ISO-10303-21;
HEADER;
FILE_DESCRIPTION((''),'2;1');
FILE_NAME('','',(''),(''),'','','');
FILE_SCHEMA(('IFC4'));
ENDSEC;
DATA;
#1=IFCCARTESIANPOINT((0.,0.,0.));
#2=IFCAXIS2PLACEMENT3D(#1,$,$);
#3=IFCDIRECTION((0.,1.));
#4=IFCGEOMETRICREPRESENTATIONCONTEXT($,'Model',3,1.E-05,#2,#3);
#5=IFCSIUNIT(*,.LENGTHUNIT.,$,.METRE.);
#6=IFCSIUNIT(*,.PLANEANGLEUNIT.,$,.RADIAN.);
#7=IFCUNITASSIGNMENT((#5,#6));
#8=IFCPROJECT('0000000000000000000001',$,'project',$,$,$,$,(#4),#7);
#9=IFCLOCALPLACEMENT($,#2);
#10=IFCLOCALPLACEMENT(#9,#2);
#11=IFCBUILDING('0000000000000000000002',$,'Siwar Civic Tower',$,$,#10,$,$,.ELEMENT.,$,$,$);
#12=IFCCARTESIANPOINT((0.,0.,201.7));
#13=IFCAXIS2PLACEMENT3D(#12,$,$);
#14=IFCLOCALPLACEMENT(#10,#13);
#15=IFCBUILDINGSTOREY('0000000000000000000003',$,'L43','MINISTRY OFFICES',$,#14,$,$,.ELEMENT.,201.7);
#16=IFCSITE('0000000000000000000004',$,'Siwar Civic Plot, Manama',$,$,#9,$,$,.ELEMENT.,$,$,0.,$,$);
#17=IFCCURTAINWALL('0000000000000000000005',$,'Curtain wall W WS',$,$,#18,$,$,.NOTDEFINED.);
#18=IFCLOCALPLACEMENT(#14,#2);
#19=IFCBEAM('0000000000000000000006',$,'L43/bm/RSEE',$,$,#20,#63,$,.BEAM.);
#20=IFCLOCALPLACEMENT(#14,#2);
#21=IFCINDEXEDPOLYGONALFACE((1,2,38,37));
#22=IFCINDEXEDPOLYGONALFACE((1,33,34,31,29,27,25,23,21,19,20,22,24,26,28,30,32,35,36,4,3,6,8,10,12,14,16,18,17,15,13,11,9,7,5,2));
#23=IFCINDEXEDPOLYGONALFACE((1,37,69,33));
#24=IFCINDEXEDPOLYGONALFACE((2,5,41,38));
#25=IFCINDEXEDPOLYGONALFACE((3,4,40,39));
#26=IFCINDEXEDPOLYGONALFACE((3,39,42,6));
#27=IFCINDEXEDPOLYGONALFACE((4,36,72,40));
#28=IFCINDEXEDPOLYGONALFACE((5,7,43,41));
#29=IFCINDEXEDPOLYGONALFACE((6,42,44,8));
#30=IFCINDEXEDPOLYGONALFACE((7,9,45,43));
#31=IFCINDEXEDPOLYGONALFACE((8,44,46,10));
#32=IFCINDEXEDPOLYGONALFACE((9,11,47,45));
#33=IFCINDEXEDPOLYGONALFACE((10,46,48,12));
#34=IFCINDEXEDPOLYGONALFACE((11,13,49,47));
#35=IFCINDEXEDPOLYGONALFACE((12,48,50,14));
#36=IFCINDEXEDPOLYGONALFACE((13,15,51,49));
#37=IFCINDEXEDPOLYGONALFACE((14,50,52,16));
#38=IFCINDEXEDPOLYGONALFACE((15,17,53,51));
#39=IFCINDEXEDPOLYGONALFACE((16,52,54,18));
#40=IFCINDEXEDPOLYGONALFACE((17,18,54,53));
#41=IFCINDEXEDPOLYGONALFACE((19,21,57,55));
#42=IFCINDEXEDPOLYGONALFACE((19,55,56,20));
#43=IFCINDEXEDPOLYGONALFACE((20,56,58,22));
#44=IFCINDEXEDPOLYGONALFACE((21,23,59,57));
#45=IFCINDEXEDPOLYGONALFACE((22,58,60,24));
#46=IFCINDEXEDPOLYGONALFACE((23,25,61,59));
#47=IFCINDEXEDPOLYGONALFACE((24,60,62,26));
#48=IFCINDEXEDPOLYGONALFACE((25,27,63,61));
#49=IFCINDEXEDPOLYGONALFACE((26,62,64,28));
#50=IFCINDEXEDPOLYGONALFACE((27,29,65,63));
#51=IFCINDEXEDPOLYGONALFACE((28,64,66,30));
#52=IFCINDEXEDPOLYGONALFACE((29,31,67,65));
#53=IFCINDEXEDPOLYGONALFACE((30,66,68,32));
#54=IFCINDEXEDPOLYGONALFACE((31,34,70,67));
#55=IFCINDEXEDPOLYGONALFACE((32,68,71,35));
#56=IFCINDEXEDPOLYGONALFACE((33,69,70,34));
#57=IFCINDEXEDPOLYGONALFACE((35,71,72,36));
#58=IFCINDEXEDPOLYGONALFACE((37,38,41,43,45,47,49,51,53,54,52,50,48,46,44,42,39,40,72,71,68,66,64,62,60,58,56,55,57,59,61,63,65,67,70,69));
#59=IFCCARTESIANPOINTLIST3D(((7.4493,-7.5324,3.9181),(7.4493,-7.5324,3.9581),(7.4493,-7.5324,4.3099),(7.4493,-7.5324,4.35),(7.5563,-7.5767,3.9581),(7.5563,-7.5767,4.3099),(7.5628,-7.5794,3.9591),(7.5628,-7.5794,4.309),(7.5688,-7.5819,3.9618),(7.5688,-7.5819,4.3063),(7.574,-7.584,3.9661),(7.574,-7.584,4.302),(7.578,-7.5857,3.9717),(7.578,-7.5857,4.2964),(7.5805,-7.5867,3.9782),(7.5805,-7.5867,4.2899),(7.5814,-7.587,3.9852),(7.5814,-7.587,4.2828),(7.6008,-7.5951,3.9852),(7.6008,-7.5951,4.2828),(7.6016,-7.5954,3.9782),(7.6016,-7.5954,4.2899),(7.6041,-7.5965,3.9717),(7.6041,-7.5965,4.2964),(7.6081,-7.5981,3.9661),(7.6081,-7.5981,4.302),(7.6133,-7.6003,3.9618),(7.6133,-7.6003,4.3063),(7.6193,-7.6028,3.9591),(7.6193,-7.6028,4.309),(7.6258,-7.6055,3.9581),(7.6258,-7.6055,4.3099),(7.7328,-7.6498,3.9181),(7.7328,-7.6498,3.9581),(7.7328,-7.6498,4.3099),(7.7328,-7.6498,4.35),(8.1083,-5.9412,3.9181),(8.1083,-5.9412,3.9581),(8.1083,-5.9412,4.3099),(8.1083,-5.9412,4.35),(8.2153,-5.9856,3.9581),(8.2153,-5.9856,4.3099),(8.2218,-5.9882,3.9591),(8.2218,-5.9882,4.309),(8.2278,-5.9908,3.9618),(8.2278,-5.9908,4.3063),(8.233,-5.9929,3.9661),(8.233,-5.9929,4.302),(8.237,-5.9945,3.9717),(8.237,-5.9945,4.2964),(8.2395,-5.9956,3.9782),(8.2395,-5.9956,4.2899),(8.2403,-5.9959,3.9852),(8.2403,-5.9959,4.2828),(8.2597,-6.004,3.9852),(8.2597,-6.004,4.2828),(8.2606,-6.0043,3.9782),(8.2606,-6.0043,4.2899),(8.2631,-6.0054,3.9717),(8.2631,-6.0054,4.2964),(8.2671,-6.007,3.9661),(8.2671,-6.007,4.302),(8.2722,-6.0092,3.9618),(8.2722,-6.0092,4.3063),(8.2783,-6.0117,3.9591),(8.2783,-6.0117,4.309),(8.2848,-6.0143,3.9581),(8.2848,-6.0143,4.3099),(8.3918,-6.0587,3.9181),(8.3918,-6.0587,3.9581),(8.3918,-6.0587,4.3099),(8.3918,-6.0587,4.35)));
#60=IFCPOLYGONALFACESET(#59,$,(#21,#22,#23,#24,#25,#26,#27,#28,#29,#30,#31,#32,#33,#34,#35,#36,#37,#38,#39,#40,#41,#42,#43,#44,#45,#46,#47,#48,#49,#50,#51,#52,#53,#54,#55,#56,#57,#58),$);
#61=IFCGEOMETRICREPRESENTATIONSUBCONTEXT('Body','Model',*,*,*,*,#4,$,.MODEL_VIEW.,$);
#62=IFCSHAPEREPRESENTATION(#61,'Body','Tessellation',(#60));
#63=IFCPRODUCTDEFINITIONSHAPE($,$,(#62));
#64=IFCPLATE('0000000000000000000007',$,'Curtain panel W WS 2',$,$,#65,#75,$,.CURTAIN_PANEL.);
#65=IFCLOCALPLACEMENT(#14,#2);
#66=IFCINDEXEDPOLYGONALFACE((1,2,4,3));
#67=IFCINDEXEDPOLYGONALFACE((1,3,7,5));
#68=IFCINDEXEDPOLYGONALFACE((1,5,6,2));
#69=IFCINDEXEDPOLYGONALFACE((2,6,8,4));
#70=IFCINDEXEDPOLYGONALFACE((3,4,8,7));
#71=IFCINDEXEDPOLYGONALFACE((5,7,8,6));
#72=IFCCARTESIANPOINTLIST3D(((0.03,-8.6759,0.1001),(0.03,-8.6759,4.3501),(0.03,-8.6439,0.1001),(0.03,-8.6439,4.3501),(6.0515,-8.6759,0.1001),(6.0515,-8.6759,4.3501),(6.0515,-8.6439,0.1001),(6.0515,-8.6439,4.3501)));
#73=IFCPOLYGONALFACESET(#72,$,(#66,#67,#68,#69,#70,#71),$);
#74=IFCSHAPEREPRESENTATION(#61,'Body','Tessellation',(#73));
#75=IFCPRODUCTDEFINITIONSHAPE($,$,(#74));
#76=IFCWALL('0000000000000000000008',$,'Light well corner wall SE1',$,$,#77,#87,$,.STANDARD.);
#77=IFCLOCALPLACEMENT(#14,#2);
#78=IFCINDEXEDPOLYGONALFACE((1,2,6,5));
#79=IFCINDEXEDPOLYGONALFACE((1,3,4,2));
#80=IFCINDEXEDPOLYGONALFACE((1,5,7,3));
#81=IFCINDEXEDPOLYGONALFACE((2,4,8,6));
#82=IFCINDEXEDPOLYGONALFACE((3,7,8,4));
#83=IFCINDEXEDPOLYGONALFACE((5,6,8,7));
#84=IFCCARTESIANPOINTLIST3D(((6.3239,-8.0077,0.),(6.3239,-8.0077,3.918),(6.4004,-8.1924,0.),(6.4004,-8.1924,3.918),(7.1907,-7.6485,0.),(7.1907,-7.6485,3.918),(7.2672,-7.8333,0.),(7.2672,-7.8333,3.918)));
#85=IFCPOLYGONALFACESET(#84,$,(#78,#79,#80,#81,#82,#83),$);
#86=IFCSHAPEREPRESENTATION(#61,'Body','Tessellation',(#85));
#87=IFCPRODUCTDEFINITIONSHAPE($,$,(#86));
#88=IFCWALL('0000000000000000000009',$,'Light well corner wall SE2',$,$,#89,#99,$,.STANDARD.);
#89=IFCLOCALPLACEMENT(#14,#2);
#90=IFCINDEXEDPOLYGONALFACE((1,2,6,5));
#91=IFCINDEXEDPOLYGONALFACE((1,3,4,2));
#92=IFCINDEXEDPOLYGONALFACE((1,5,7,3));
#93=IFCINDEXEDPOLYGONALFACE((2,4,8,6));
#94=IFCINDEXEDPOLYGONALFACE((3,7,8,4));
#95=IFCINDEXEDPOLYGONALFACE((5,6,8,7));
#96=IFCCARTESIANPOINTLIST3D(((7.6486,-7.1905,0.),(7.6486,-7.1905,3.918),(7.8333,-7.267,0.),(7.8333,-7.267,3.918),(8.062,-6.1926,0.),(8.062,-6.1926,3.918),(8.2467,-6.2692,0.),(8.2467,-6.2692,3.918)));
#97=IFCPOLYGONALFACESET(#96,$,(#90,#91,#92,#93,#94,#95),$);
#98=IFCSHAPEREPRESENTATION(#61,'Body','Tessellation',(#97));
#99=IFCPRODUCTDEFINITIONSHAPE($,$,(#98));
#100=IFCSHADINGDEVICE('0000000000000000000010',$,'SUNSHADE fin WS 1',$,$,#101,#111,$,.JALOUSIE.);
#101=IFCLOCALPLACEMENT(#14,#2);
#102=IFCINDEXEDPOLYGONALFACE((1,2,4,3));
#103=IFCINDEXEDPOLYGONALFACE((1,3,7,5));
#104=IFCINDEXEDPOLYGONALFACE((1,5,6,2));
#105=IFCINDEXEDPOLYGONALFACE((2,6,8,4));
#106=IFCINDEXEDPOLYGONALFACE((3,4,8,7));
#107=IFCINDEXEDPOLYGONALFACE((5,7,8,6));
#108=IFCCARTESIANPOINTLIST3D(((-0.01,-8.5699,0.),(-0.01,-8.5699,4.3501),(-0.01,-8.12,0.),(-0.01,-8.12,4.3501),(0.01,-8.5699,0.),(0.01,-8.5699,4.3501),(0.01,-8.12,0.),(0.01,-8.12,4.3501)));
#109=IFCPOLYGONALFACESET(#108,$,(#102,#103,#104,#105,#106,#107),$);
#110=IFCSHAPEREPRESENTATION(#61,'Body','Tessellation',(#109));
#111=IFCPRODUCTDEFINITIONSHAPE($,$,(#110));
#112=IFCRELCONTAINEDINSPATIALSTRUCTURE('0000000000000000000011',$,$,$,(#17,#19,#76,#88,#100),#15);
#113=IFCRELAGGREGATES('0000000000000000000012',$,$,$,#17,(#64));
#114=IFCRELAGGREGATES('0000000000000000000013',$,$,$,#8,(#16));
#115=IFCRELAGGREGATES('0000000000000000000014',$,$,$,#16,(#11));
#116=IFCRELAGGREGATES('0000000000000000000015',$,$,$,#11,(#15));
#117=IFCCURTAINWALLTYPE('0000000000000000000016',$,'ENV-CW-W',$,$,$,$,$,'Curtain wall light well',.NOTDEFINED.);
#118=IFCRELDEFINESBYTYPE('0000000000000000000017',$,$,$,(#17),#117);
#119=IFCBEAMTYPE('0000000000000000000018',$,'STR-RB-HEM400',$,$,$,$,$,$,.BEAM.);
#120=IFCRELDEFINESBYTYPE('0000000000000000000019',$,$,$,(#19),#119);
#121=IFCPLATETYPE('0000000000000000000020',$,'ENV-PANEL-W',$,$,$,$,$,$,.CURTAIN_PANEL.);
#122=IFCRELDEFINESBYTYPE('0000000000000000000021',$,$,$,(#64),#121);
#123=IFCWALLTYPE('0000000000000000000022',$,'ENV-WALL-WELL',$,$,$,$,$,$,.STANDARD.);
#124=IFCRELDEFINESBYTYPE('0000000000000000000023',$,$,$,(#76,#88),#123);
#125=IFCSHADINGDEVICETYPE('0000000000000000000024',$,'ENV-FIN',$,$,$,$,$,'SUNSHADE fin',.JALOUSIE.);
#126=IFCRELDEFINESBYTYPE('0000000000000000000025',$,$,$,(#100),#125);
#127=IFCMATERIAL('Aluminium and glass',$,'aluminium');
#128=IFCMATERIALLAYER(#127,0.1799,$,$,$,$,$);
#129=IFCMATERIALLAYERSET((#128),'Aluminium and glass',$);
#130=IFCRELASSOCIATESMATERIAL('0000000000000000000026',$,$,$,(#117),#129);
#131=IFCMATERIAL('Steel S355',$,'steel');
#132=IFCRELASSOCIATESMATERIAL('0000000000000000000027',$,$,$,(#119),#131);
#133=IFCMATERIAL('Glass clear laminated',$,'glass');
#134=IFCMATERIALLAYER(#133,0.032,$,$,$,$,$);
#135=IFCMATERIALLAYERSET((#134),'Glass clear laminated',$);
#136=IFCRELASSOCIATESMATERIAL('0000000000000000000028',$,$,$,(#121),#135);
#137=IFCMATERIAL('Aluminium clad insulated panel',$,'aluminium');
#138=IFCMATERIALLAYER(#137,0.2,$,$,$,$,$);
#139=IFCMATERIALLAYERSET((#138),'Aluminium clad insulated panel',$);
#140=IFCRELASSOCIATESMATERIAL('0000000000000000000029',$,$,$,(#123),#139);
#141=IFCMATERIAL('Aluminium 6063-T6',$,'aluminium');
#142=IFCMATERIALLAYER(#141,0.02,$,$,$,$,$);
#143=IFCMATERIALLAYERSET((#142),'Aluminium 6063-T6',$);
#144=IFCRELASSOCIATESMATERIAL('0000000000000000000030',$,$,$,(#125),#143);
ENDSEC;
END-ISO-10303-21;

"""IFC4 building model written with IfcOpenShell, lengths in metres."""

from ifc_helpers import new_model, si_unit, direction, frame, frame_2d, origin, origin_2d, place, context, subcontext, project, spatial, rectangle, i_section, extrude, material, layer, layer_set, material_profile, profile_set, type_object, element, aggregate, save


model = new_model("IFC4")

# Units and contexts
model_context = context("Model", 3, precision=1e-05, world=origin(), true_north=direction((0.0, 1.0)))
body_context = subcontext(model_context, "Body", "Model", "MODEL_VIEW")
ifc_project = project(units=[si_unit("LENGTHUNIT", "METRE"), si_unit("PLANEANGLEUNIT", "RADIAN")], contexts=[model_context])

# Site, building, storey
site_placement = place(None, origin())
site = spatial("IfcSite", under=ifc_project, at=site_placement, Name="Siwar Civic Plot, Manama", CompositionType="ELEMENT", RefElevation=0.0)
building_placement = place(site_placement, origin())
building = spatial("IfcBuilding", under=site, at=building_placement, Name="Siwar Civic Tower", CompositionType="ELEMENT")
storey_placement = place(building_placement, frame((0.0, 0.0, 201.7)))
storey = spatial("IfcBuildingStorey", under=building, at=storey_placement, Name="L43", Description="MINISTRY OFFICES", CompositionType="ELEMENT", Elevation=201.7)

# Curtain wall
ifc_material_1 = material(Name="Aluminium and glass", Category="aluminium")
ifc_layer_1 = layer(ifc_material_1, 0.1799)
ifc_layer_set_1 = layer_set([ifc_layer_1], Name="Aluminium and glass")
curtain_wall_type = type_object("IfcCurtainWallType", Name="ENV-CW-W", ElementType="Curtain wall light well", PredefinedType="NOTDEFINED", material=ifc_layer_set_1)
curtain_wall_placement = place(storey_placement, origin())
curtain_wall = element("IfcCurtainWall", 1, at=curtain_wall_placement, inside=storey, type_object=curtain_wall_type, Name="Curtain wall W WS", PredefinedType="NOTDEFINED")

# Beam
ifc_material_2 = material(Name="Steel S355", Category="steel")
ifc_material_profile_1 = material_profile(ifc_material_2, i_section(OverallWidth=0.3069, OverallDepth=0.4319, WebThickness=0.021, FlangeThickness=0.04, FilletRadius=0.0271, at=origin_2d()), Name="HEM400")
ifc_profile_set_1 = profile_set([ifc_material_profile_1], Name="Steel S355")
beam_type_1 = type_object("IfcBeamType", Name="STR-RB-HEM400", PredefinedType="BEAM", material=ifc_profile_set_1)
for number, where, z_axis, x_axis, name in (
    (2, (7.5911, -7.5911, 4.134), (0.382631, 0.923901, 0.0), (-0.923901, 0.382631, 0.0), "L43/bm/RSEE"),
):
    element("IfcBeam", number, at=place(storey_placement, frame(where, z_axis=z_axis, x_axis=x_axis)), inside=storey, type_object=beam_type_1, Name=name, PredefinedType="BEAM", context=body_context, shape_type="SweptSolid", body=[
        extrude(i_section(OverallWidth=0.3069, OverallDepth=0.4319, WebThickness=0.021, FlangeThickness=0.04, FilletRadius=0.0271, at=origin_2d()), origin(), (0.0, 0.0, 1.0), 1.7222),
    ])

# Plate
ifc_material_3 = material(Name="Glass clear laminated", Category="glass")
ifc_layer_2 = layer(ifc_material_3, 0.032)
ifc_layer_set_2 = layer_set([ifc_layer_2], Name="Glass clear laminated")
plate_type = type_object("IfcPlateType", Name="ENV-PANEL-W", PredefinedType="CURTAIN_PANEL", material=ifc_layer_set_2)
plate_placement = place(storey_placement, frame((3.0408, -8.6599, 0.1001), z_axis=(0.0, 0.0, 1.0), x_axis=(1.0, 0.0, 0.0)))
plate = element("IfcPlate", 3, at=plate_placement, type_object=plate_type, Name="Curtain panel W WS 2", PredefinedType="CURTAIN_PANEL", context=body_context, shape_type="SweptSolid", body=[
    extrude(rectangle(XDim=6.0215, YDim=0.032, at=origin_2d()), origin(), (0.0, 0.0, 1.0), 4.25),
])
aggregate(curtain_wall, [plate])

# Walls
ifc_material_4 = material(Name="Aluminium clad insulated panel", Category="aluminium")
ifc_layer_3 = layer(ifc_material_4, 0.2)
ifc_layer_set_3 = layer_set([ifc_layer_3], Name="Aluminium clad insulated panel")
wall_type = type_object("IfcWallType", Name="ENV-WALL-WELL", PredefinedType="STANDARD", material=ifc_layer_set_3)
wall_1_placement = place(storey_placement, frame((6.3621, -8.1001, 0.0), z_axis=(0.0, 0.0, 1.0), x_axis=(0.92383, 0.382804, 0.0)))
element("IfcWall", 4, at=wall_1_placement, inside=storey, type_object=wall_type, Name="Light well corner wall SE1", PredefinedType="STANDARD", context=body_context, shape_type="SweptSolid", body=[
    extrude(rectangle(XDim=0.9382, YDim=0.2, at=frame_2d((0.4692, 0.0))), origin(), (0.0, 0.0, 1.0), 3.918),
])
wall_2_placement = place(storey_placement, frame((7.741, -7.2288, 0.0), z_axis=(0.0, 0.0, 1.0), x_axis=(0.382704, 0.923871, 0.0)))
element("IfcWall", 5, at=wall_2_placement, inside=storey, type_object=wall_type, Name="Light well corner wall SE2", PredefinedType="STANDARD", context=body_context, shape_type="SweptSolid", body=[
    extrude(rectangle(XDim=1.0801, YDim=0.2, at=frame_2d((0.54, 0.0))), origin(), (0.0, 0.0, 1.0), 3.918),
])

# Shading device
ifc_material_5 = material(Name="Aluminium 6063-T6", Category="aluminium")
ifc_layer_4 = layer(ifc_material_5, 0.02)
ifc_layer_set_4 = layer_set([ifc_layer_4], Name="Aluminium 6063-T6")
shading_device_type = type_object("IfcShadingDeviceType", Name="ENV-FIN", ElementType="SUNSHADE fin", PredefinedType="JALOUSIE", material=ifc_layer_set_4)
shading_device_placement = place(storey_placement, frame((0.0, -8.345, 0.0), z_axis=(0.0, 0.0, 1.0), x_axis=(1.0, 0.0, 0.0)))
element("IfcShadingDevice", 6, at=shading_device_placement, inside=storey, type_object=shading_device_type, Name="SUNSHADE fin WS 1", PredefinedType="JALOUSIE", context=body_context, shape_type="SweptSolid", body=[
    extrude(rectangle(XDim=0.02, YDim=0.45, at=origin_2d()), origin(), (0.0, 0.0, 1.0), 4.3501),
])

save(model, "model.ifc")
